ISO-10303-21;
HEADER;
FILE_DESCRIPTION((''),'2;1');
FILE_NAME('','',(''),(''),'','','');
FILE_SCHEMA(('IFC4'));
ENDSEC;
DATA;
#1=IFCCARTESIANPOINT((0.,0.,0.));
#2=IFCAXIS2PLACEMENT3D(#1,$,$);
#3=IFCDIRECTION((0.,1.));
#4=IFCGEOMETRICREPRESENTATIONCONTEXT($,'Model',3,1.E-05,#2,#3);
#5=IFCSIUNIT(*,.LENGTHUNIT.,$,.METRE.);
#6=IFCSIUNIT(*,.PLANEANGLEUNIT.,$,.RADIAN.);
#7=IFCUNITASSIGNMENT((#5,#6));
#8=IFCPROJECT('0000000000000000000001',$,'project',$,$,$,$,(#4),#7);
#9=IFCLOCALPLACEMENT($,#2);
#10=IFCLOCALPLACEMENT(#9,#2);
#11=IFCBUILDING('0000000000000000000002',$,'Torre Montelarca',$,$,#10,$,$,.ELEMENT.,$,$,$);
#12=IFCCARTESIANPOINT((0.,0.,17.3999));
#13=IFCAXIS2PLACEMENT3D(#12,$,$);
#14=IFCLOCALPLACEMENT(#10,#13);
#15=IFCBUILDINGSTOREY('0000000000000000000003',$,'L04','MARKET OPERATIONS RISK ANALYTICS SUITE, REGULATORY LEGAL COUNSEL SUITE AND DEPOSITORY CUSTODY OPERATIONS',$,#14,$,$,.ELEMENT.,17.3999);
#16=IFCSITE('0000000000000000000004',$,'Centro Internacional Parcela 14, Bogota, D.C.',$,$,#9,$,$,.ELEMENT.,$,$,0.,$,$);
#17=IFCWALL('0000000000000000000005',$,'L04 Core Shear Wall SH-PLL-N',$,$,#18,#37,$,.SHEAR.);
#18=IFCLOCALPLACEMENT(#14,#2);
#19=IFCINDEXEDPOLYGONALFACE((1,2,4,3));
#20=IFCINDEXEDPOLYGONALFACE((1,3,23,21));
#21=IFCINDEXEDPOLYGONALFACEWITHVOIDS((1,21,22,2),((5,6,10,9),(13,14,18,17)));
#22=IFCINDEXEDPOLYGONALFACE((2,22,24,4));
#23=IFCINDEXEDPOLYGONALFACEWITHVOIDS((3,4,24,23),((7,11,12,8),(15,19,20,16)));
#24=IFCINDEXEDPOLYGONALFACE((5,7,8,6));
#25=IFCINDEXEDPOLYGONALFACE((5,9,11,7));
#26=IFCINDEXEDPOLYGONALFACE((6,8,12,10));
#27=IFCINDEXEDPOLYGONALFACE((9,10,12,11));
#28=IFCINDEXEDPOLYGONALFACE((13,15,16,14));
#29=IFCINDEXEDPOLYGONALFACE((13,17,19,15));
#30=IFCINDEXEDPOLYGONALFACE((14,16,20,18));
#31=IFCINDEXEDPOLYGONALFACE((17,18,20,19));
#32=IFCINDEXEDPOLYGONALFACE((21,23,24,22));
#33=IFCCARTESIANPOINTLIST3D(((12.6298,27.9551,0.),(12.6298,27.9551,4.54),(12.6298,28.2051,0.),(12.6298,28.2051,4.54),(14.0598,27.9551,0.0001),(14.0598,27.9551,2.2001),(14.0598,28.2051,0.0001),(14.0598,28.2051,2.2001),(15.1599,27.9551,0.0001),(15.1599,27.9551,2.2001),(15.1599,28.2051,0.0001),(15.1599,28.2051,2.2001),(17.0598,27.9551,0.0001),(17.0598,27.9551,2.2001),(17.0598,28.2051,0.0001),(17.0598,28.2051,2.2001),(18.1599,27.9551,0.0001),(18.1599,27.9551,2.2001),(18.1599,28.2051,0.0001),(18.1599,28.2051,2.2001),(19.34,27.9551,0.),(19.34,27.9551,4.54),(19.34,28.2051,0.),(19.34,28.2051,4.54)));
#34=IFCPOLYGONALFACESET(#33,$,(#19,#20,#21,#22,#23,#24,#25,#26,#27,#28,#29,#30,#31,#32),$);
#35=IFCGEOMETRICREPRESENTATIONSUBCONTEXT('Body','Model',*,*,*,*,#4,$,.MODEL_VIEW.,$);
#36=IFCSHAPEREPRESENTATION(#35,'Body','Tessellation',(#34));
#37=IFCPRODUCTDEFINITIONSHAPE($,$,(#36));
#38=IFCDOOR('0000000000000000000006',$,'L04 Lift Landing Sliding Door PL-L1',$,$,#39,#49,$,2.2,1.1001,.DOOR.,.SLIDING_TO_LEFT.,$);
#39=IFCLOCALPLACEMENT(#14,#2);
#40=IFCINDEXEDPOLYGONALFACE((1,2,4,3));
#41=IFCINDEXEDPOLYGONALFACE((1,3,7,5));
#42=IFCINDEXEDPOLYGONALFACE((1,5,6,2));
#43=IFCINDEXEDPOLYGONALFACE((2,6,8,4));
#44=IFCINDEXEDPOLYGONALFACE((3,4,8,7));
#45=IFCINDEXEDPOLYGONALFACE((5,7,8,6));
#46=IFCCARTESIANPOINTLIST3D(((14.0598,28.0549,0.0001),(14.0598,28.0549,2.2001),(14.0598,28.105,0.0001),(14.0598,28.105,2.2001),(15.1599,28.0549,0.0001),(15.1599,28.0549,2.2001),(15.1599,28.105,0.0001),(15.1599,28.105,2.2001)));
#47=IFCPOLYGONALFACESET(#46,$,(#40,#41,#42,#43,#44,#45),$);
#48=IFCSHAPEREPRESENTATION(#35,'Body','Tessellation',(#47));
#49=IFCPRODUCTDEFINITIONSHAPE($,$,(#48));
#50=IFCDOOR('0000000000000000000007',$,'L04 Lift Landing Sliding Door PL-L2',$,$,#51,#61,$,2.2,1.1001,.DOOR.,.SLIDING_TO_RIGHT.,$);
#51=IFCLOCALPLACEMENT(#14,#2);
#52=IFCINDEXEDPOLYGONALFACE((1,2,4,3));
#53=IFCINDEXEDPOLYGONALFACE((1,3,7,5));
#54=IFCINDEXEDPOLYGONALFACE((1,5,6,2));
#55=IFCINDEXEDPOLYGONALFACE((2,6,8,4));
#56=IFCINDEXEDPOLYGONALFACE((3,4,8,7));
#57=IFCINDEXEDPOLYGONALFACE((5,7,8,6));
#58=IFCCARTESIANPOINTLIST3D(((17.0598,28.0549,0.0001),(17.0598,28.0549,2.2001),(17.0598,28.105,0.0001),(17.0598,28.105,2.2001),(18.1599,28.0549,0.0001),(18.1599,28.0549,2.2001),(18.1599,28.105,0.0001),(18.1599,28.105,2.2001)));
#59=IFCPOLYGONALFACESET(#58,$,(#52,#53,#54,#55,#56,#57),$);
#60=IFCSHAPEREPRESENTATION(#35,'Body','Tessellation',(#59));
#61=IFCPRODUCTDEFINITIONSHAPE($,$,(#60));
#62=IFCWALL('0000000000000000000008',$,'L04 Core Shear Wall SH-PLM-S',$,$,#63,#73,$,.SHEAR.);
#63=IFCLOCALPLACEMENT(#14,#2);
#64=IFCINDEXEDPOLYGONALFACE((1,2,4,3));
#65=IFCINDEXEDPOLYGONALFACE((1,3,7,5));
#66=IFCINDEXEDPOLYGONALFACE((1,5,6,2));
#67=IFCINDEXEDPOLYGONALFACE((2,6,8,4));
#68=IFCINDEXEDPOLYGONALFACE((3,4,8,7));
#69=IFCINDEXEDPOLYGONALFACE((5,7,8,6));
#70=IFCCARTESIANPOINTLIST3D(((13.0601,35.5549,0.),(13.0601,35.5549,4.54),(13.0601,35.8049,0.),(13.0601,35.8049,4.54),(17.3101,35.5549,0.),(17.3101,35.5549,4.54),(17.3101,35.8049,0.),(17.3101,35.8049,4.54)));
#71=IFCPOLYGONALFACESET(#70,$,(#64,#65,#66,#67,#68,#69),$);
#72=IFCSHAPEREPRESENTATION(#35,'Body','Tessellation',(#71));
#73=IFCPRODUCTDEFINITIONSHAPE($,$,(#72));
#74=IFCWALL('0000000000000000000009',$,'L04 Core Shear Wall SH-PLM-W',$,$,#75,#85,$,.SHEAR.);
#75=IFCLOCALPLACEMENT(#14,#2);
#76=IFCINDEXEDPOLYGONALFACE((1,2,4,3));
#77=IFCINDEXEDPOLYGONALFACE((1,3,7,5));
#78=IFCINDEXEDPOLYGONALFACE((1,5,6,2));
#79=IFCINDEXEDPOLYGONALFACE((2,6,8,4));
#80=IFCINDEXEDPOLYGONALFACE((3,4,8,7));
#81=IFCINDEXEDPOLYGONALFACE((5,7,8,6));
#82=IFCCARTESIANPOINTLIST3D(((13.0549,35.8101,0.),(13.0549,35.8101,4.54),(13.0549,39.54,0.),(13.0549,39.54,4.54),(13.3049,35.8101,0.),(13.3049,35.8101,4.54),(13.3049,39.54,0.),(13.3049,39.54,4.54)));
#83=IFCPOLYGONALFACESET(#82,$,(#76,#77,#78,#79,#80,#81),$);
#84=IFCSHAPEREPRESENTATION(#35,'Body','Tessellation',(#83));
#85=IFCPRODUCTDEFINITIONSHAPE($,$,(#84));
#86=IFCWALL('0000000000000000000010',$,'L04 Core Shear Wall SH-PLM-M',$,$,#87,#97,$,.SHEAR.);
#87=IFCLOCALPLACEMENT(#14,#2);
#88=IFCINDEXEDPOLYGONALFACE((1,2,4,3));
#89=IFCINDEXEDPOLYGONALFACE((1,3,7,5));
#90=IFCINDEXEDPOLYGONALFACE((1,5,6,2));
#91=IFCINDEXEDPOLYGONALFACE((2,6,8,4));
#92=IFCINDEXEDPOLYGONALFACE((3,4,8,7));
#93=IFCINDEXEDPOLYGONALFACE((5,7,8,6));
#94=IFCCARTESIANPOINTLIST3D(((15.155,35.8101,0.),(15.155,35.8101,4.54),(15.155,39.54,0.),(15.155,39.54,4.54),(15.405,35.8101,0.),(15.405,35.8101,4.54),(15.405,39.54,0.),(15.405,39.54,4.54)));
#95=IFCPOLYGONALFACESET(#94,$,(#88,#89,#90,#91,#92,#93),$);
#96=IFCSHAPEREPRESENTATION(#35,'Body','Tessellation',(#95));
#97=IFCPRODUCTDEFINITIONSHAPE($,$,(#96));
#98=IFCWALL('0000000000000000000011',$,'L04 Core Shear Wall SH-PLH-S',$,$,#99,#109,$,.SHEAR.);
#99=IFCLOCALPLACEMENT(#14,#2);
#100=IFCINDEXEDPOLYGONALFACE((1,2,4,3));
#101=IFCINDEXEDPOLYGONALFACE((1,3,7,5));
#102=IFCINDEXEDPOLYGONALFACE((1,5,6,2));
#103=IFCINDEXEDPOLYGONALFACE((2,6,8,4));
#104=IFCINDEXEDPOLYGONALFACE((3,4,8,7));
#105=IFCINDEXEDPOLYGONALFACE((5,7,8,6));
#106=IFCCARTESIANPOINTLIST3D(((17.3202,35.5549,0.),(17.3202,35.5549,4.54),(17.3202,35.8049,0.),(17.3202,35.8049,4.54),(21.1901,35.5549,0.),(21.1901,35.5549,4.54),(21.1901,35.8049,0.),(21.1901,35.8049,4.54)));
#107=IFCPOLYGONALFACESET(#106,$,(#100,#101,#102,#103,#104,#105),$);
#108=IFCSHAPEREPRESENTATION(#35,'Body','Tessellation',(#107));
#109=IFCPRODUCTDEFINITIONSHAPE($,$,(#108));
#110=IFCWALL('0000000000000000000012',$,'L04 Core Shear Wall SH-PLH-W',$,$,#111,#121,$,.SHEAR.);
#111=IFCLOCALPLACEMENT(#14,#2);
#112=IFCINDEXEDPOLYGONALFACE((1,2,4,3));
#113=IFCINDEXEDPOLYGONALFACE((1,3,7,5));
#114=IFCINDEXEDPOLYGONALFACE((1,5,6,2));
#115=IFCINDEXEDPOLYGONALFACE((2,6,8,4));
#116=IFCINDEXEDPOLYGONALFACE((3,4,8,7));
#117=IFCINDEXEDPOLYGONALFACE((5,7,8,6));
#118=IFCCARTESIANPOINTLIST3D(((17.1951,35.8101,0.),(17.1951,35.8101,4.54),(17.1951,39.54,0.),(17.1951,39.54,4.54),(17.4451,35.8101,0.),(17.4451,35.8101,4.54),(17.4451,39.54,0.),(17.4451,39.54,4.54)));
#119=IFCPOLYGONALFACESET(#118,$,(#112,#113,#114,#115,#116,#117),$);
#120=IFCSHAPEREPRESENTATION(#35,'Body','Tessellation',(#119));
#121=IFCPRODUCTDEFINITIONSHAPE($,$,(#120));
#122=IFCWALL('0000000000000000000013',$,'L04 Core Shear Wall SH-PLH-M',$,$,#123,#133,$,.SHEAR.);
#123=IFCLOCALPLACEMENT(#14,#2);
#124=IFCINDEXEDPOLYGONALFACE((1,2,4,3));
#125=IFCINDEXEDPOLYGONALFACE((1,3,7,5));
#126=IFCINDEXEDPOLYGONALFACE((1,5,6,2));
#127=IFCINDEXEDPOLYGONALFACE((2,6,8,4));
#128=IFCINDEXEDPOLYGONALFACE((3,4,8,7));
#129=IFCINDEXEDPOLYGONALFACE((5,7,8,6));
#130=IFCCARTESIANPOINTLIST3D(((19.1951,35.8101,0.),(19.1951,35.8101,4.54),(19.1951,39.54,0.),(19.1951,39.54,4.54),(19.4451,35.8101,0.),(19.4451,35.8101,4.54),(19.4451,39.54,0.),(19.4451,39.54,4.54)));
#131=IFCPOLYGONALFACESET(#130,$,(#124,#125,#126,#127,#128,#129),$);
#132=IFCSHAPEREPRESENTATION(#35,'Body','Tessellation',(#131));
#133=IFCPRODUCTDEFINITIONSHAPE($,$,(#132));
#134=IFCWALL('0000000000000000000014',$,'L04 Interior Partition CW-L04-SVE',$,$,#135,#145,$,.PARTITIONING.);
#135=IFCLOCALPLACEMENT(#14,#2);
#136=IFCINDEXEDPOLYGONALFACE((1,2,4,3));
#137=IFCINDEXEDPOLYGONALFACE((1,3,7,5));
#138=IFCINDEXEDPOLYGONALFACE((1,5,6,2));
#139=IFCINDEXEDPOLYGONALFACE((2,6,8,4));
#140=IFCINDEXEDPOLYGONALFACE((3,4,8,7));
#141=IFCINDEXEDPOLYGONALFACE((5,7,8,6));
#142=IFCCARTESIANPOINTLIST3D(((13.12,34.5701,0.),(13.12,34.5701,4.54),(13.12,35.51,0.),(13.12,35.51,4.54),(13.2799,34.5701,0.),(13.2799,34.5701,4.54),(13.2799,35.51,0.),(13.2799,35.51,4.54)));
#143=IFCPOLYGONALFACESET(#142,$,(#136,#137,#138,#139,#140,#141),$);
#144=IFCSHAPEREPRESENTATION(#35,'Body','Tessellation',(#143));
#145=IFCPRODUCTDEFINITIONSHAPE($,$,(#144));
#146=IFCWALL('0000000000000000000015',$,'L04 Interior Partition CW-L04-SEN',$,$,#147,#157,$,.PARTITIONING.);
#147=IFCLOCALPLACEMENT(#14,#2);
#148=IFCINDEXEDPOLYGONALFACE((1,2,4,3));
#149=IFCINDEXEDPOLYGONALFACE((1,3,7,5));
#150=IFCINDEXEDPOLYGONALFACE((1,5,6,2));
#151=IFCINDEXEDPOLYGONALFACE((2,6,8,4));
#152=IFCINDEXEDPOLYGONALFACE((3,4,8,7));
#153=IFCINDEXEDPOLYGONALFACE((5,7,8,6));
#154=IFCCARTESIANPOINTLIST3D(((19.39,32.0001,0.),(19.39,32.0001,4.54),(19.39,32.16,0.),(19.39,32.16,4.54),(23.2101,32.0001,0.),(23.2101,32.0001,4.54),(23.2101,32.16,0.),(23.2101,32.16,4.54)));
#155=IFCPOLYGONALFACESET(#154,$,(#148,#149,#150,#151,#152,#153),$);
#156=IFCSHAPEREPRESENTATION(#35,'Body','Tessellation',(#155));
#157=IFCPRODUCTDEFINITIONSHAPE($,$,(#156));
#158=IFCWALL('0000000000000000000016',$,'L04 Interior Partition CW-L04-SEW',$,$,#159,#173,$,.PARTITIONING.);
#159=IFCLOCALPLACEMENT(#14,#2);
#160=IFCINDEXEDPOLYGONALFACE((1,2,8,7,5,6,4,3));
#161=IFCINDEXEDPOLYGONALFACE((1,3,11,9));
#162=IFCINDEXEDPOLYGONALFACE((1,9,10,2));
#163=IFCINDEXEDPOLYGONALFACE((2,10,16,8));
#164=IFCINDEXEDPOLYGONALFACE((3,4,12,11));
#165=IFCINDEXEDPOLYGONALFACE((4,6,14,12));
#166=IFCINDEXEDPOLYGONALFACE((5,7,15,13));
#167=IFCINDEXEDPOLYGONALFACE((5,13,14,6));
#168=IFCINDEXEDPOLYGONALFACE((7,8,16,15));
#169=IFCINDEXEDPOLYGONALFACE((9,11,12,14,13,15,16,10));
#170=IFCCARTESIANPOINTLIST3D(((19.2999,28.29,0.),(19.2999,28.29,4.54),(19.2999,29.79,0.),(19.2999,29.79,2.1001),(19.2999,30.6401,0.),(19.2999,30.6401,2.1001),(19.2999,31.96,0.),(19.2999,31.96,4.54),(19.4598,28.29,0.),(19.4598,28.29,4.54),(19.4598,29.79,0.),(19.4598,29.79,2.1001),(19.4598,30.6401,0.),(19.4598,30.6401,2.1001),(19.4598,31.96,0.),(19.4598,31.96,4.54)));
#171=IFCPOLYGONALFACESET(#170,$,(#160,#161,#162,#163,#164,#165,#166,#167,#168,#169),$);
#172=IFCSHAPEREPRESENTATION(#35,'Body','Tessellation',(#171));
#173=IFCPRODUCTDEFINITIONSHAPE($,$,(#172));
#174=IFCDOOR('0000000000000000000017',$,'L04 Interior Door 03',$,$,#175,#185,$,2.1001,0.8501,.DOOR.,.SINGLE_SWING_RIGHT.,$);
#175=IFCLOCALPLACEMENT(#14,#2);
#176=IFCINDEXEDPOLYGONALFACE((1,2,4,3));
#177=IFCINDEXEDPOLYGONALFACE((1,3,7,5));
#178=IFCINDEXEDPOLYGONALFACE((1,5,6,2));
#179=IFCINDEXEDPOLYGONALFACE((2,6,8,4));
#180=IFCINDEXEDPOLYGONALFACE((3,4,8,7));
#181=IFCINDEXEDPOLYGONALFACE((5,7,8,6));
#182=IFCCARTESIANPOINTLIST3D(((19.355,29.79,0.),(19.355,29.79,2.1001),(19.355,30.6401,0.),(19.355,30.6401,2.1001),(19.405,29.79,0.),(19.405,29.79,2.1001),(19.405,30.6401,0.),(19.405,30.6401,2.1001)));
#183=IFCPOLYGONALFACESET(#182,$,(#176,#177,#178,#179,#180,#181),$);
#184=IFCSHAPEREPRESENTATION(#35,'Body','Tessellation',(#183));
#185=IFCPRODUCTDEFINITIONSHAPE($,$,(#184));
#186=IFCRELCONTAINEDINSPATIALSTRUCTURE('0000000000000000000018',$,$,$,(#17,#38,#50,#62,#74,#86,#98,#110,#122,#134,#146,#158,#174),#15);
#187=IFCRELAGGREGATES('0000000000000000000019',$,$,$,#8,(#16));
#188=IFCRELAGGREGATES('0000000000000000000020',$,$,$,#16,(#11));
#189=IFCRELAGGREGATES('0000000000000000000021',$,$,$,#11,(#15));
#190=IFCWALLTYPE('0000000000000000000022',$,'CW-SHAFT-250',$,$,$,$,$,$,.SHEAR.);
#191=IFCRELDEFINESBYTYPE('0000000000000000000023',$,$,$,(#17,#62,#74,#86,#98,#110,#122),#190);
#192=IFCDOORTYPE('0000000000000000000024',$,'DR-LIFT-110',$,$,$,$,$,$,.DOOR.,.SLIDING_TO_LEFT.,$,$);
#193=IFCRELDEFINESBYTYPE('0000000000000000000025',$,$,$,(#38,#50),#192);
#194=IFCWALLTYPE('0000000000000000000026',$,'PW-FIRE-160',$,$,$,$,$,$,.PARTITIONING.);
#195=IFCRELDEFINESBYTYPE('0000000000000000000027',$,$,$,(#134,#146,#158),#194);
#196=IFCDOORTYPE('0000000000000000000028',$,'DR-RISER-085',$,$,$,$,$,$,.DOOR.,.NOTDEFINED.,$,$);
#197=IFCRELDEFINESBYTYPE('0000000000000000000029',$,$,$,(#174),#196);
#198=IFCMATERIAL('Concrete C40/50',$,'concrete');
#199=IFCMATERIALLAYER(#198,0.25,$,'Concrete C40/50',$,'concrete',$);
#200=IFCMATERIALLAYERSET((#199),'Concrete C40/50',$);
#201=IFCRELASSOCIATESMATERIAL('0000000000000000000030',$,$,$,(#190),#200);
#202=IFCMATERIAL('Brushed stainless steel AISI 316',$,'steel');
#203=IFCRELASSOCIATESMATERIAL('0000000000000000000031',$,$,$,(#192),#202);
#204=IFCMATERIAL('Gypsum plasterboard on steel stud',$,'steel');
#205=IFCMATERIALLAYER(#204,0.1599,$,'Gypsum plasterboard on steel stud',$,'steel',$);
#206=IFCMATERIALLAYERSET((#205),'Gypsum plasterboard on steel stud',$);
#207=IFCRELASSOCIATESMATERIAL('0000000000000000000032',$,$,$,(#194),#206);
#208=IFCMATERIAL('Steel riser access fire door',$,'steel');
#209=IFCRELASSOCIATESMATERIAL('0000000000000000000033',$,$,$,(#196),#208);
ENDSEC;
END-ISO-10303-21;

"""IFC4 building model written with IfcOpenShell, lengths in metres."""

from ifc_helpers import new_model, si_unit, direction, frame, frame_2d, origin, place, context, subcontext, project, spatial, rectangle, extrude, source, transform, mapped, material, layer, layer_set, type_object, element, fill, save


model = new_model("IFC4")

# Units and contexts
model_context = context("Model", 3, precision=1e-05, world=origin(), true_north=direction((0.0, 1.0)))
body_context = subcontext(model_context, "Body", "Model", "MODEL_VIEW")
ifc_project = project(units=[si_unit("LENGTHUNIT", "METRE"), si_unit("PLANEANGLEUNIT", "RADIAN")], contexts=[model_context])

# Site, building, storey
site_placement = place(None, origin())
site = spatial("IfcSite", under=ifc_project, at=site_placement, Name="Centro Internacional Parcela 14, Bogota, D.C.", CompositionType="ELEMENT", RefElevation=0.0)
building_placement = place(site_placement, origin())
building = spatial("IfcBuilding", under=site, at=building_placement, Name="Torre Montelarca", CompositionType="ELEMENT")
storey_placement = place(building_placement, frame((0.0, 0.0, 17.3999)))
storey = spatial("IfcBuildingStorey", under=building, at=storey_placement, Name="L04", Description="MARKET OPERATIONS RISK ANALYTICS SUITE, REGULATORY LEGAL COUNSEL SUITE AND DEPOSITORY CUSTODY OPERATIONS", CompositionType="ELEMENT", Elevation=17.3999)

# Shared definitions
ifc_material_1 = material(Name="Concrete C40/50", Category="concrete")
ifc_layer_1 = layer(ifc_material_1, 0.25, Name="Concrete C40/50", Category="concrete")
ifc_layer_set_1 = layer_set([ifc_layer_1], Name="Concrete C40/50")
wall_type_1 = type_object("IfcWallType", Name="CW-SHAFT-250", PredefinedType="SHEAR", material=ifc_layer_set_1)

# Shared definitions
ifc_material_2 = material(Name="Brushed stainless steel AISI 316", Category="steel")

# Wall, openings, doors
wall_1_placement = place(storey_placement, frame((12.6299, 28.0801, 0.0), z_axis=(0.0, 0.0, 1.0), x_axis=(1.0, 0.0, 0.0)))
wall_1 = element("IfcWall", 1, at=wall_1_placement, inside=storey, type_object=wall_type_1, Name="L04 Core Shear Wall SH-PLL-N", PredefinedType="SHEAR", context=body_context, shape_type="SweptSolid", body=[
    extrude(rectangle(XDim=6.7102, YDim=0.25, at=frame_2d((3.355, 0.0))), origin(), (0.0, 0.0, 1.0), 4.54),
])
opening_1_placement = place(wall_1_placement, frame((1.4299, 0.0, 0.0)))
opening_1 = element("IfcOpeningElement", 2, at=opening_1_placement, cuts=wall_1, PredefinedType="OPENING", context=body_context, shape_type="SweptSolid", body=[
    extrude(rectangle(XDim=1.1001, YDim=2.2, at=frame_2d((0.55, 1.1001))), frame((0.0, 0.135, 0.0), z_axis=(0.0, -1.0, 0.0), x_axis=(1.0, 0.0, 0.0)), (0.0, 0.0, 1.0), 0.27),
])
opening_2_placement = place(wall_1_placement, frame((4.4299, 0.0, 0.0)))
opening_2 = element("IfcOpeningElement", 3, at=opening_2_placement, cuts=wall_1, PredefinedType="OPENING", context=body_context, shape_type="SweptSolid", body=[
    extrude(rectangle(XDim=1.1001, YDim=2.2, at=frame_2d((0.55, 1.1001))), frame((0.0, 0.135, 0.0), z_axis=(0.0, -1.0, 0.0), x_axis=(1.0, 0.0, 0.0)), (0.0, 0.0, 1.0), 0.27),
])
door_type_1 = type_object("IfcDoorType", Name="DR-LIFT-110", OperationType="SLIDING_TO_LEFT", PredefinedType="DOOR", material=ifc_material_2)
shared_shape_1 = source(origin(), body_context, "Body", "SweptSolid", [
    extrude(rectangle(XDim=1.1001, YDim=2.2, at=frame_2d((0.55, 1.1001))), frame((0.0, 0.0249, 0.0), z_axis=(0.0, -1.0, 0.0), x_axis=(1.0, 0.0, 0.0)), (0.0, 0.0, 1.0), 0.05),
])
door_1_placement = place(opening_1_placement, origin())
door_1 = element("IfcDoor", 4, at=door_1_placement, inside=storey, type_object=door_type_1, Name="L04 Lift Landing Sliding Door PL-L1", OperationType="SLIDING_TO_LEFT", OverallHeight=2.2, OverallWidth=1.1001, PredefinedType="DOOR", context=body_context, shape_type="MappedRepresentation", body=[
    mapped(shared_shape_1, transform((0.0, 0.0, 0.0), scale=1.0)),
])
fill(opening_1, door_1)
door_2_placement = place(opening_2_placement, origin())
door_2 = element("IfcDoor", 5, at=door_2_placement, inside=storey, type_object=door_type_1, Name="L04 Lift Landing Sliding Door PL-L2", OperationType="SLIDING_TO_RIGHT", OverallHeight=2.2, OverallWidth=1.1001, PredefinedType="DOOR", context=body_context, shape_type="MappedRepresentation", body=[
    mapped(shared_shape_1, transform((0.0, 0.0, 0.0), scale=1.0)),
])
fill(opening_2, door_2)

# Walls
wall_2_placement = place(storey_placement, frame((13.0601, 35.6799, 0.0), z_axis=(0.0, 0.0, 1.0), x_axis=(1.0, 0.0, 0.0)))
element("IfcWall", 6, at=wall_2_placement, inside=storey, type_object=wall_type_1, Name="L04 Core Shear Wall SH-PLM-S", PredefinedType="SHEAR", context=body_context, shape_type="SweptSolid", body=[
    extrude(rectangle(XDim=4.25, YDim=0.25, at=frame_2d((2.125, 0.0))), origin(), (0.0, 0.0, 1.0), 4.54),
])
for number, where, z_axis, x_axis, name in (
    (7, (13.1799, 35.8101, 0.0), (0.0, 0.0, 1.0), (0.0, 1.0, 0.0), "L04 Core Shear Wall SH-PLM-W"),
    (8, (15.28, 35.8101, 0.0), (0.0, 0.0, 1.0), (0.0, 1.0, 0.0), "L04 Core Shear Wall SH-PLM-M"),
):
    element("IfcWall", number, at=place(storey_placement, frame(where, z_axis=z_axis, x_axis=x_axis)), inside=storey, type_object=wall_type_1, Name=name, PredefinedType="SHEAR", context=body_context, shape_type="SweptSolid", body=[
        extrude(rectangle(XDim=3.73, YDim=0.25, at=frame_2d((1.865, 0.0))), origin(), (0.0, 0.0, 1.0), 4.54),
    ])
wall_3_placement = place(storey_placement, frame((17.3201, 35.6799, 0.0), z_axis=(0.0, 0.0, 1.0), x_axis=(1.0, 0.0, 0.0)))
element("IfcWall", 9, at=wall_3_placement, inside=storey, type_object=wall_type_1, Name="L04 Core Shear Wall SH-PLH-S", PredefinedType="SHEAR", context=body_context, shape_type="SweptSolid", body=[
    extrude(rectangle(XDim=3.8699, YDim=0.25, at=frame_2d((1.9351, 0.0))), origin(), (0.0, 0.0, 1.0), 4.54),
])
for number, where, z_axis, x_axis, name in (
    (10, (17.3201, 35.8101, 0.0), (0.0, 0.0, 1.0), (0.0, 1.0, 0.0), "L04 Core Shear Wall SH-PLH-W"),
    (11, (19.3201, 35.8101, 0.0), (0.0, 0.0, 1.0), (0.0, 1.0, 0.0), "L04 Core Shear Wall SH-PLH-M"),
):
    element("IfcWall", number, at=place(storey_placement, frame(where, z_axis=z_axis, x_axis=x_axis)), inside=storey, type_object=wall_type_1, Name=name, PredefinedType="SHEAR", context=body_context, shape_type="SweptSolid", body=[
        extrude(rectangle(XDim=3.73, YDim=0.25, at=frame_2d((1.865, 0.0))), origin(), (0.0, 0.0, 1.0), 4.54),
    ])
ifc_material_3 = material(Name="Gypsum plasterboard on steel stud", Category="steel")
ifc_layer_2 = layer(ifc_material_3, 0.1599, Name="Gypsum plasterboard on steel stud", Category="steel")
ifc_layer_set_2 = layer_set([ifc_layer_2], Name="Gypsum plasterboard on steel stud")
wall_type_2 = type_object("IfcWallType", Name="PW-FIRE-160", PredefinedType="PARTITIONING", material=ifc_layer_set_2)
wall_4_placement = place(storey_placement, frame((13.2, 34.5701, 0.0), z_axis=(0.0, 0.0, 1.0), x_axis=(0.0, 1.0, 0.0)))
element("IfcWall", 12, at=wall_4_placement, inside=storey, type_object=wall_type_2, Name="L04 Interior Partition CW-L04-SVE", PredefinedType="PARTITIONING", context=body_context, shape_type="SweptSolid", body=[
    extrude(rectangle(XDim=0.9399, YDim=0.1599, at=frame_2d((0.47, 0.0))), origin(), (0.0, 0.0, 1.0), 4.54),
])
wall_5_placement = place(storey_placement, frame((19.3899, 32.0801, 0.0), z_axis=(0.0, 0.0, 1.0), x_axis=(1.0, 0.0, 0.0)))
element("IfcWall", 13, at=wall_5_placement, inside=storey, type_object=wall_type_2, Name="L04 Interior Partition CW-L04-SEN", PredefinedType="PARTITIONING", context=body_context, shape_type="SweptSolid", body=[
    extrude(rectangle(XDim=3.8201, YDim=0.1599, at=frame_2d((1.9102, 0.0))), origin(), (0.0, 0.0, 1.0), 4.54),
])

# Wall, opening, door
wall_6_placement = place(storey_placement, frame((19.3799, 28.29, 0.0), z_axis=(0.0, 0.0, 1.0), x_axis=(0.0, 1.0, 0.0)))
wall_6 = element("IfcWall", 14, at=wall_6_placement, inside=storey, type_object=wall_type_2, Name="L04 Interior Partition CW-L04-SEW", PredefinedType="PARTITIONING", context=body_context, shape_type="SweptSolid", body=[
    extrude(rectangle(XDim=3.6699, YDim=0.1599, at=frame_2d((1.835, 0.0))), origin(), (0.0, 0.0, 1.0), 4.54),
])
opening_3_placement = place(wall_6_placement, frame((1.5, 0.0, 0.0)))
opening_3 = element("IfcOpeningElement", 15, at=opening_3_placement, cuts=wall_6, PredefinedType="OPENING", context=body_context, shape_type="SweptSolid", body=[
    extrude(rectangle(XDim=0.8501, YDim=2.1001, at=frame_2d((0.425, 1.05))), frame((0.0, 0.0898, 0.0), z_axis=(0.0, -1.0, 0.0), x_axis=(1.0, 0.0, 0.0)), (0.0, 0.0, 1.0), 0.1799),
])
ifc_material_4 = material(Name="Steel riser access fire door", Category="steel")
door_type_2 = type_object("IfcDoorType", Name="DR-RISER-085", OperationType="NOTDEFINED", PredefinedType="DOOR", material=ifc_material_4)
shared_shape_2 = source(origin(), body_context, "Body", "SweptSolid", [
    extrude(rectangle(XDim=0.8501, YDim=2.1001, at=frame_2d((0.425, 1.05))), frame((0.0, 0.0249, 0.0), z_axis=(0.0, -1.0, 0.0), x_axis=(1.0, 0.0, 0.0)), (0.0, 0.0, 1.0), 0.05),
])
door_3_placement = place(opening_3_placement, origin())
door_3 = element("IfcDoor", 16, at=door_3_placement, inside=storey, type_object=door_type_2, Name="L04 Interior Door 03", OperationType="SINGLE_SWING_RIGHT", OverallHeight=2.1001, OverallWidth=0.8501, PredefinedType="DOOR", context=body_context, shape_type="MappedRepresentation", body=[
    mapped(shared_shape_2, transform((0.0, 0.0, 0.0), scale=1.0)),
])
fill(opening_3, door_3)

save(model, "model.ifc")
